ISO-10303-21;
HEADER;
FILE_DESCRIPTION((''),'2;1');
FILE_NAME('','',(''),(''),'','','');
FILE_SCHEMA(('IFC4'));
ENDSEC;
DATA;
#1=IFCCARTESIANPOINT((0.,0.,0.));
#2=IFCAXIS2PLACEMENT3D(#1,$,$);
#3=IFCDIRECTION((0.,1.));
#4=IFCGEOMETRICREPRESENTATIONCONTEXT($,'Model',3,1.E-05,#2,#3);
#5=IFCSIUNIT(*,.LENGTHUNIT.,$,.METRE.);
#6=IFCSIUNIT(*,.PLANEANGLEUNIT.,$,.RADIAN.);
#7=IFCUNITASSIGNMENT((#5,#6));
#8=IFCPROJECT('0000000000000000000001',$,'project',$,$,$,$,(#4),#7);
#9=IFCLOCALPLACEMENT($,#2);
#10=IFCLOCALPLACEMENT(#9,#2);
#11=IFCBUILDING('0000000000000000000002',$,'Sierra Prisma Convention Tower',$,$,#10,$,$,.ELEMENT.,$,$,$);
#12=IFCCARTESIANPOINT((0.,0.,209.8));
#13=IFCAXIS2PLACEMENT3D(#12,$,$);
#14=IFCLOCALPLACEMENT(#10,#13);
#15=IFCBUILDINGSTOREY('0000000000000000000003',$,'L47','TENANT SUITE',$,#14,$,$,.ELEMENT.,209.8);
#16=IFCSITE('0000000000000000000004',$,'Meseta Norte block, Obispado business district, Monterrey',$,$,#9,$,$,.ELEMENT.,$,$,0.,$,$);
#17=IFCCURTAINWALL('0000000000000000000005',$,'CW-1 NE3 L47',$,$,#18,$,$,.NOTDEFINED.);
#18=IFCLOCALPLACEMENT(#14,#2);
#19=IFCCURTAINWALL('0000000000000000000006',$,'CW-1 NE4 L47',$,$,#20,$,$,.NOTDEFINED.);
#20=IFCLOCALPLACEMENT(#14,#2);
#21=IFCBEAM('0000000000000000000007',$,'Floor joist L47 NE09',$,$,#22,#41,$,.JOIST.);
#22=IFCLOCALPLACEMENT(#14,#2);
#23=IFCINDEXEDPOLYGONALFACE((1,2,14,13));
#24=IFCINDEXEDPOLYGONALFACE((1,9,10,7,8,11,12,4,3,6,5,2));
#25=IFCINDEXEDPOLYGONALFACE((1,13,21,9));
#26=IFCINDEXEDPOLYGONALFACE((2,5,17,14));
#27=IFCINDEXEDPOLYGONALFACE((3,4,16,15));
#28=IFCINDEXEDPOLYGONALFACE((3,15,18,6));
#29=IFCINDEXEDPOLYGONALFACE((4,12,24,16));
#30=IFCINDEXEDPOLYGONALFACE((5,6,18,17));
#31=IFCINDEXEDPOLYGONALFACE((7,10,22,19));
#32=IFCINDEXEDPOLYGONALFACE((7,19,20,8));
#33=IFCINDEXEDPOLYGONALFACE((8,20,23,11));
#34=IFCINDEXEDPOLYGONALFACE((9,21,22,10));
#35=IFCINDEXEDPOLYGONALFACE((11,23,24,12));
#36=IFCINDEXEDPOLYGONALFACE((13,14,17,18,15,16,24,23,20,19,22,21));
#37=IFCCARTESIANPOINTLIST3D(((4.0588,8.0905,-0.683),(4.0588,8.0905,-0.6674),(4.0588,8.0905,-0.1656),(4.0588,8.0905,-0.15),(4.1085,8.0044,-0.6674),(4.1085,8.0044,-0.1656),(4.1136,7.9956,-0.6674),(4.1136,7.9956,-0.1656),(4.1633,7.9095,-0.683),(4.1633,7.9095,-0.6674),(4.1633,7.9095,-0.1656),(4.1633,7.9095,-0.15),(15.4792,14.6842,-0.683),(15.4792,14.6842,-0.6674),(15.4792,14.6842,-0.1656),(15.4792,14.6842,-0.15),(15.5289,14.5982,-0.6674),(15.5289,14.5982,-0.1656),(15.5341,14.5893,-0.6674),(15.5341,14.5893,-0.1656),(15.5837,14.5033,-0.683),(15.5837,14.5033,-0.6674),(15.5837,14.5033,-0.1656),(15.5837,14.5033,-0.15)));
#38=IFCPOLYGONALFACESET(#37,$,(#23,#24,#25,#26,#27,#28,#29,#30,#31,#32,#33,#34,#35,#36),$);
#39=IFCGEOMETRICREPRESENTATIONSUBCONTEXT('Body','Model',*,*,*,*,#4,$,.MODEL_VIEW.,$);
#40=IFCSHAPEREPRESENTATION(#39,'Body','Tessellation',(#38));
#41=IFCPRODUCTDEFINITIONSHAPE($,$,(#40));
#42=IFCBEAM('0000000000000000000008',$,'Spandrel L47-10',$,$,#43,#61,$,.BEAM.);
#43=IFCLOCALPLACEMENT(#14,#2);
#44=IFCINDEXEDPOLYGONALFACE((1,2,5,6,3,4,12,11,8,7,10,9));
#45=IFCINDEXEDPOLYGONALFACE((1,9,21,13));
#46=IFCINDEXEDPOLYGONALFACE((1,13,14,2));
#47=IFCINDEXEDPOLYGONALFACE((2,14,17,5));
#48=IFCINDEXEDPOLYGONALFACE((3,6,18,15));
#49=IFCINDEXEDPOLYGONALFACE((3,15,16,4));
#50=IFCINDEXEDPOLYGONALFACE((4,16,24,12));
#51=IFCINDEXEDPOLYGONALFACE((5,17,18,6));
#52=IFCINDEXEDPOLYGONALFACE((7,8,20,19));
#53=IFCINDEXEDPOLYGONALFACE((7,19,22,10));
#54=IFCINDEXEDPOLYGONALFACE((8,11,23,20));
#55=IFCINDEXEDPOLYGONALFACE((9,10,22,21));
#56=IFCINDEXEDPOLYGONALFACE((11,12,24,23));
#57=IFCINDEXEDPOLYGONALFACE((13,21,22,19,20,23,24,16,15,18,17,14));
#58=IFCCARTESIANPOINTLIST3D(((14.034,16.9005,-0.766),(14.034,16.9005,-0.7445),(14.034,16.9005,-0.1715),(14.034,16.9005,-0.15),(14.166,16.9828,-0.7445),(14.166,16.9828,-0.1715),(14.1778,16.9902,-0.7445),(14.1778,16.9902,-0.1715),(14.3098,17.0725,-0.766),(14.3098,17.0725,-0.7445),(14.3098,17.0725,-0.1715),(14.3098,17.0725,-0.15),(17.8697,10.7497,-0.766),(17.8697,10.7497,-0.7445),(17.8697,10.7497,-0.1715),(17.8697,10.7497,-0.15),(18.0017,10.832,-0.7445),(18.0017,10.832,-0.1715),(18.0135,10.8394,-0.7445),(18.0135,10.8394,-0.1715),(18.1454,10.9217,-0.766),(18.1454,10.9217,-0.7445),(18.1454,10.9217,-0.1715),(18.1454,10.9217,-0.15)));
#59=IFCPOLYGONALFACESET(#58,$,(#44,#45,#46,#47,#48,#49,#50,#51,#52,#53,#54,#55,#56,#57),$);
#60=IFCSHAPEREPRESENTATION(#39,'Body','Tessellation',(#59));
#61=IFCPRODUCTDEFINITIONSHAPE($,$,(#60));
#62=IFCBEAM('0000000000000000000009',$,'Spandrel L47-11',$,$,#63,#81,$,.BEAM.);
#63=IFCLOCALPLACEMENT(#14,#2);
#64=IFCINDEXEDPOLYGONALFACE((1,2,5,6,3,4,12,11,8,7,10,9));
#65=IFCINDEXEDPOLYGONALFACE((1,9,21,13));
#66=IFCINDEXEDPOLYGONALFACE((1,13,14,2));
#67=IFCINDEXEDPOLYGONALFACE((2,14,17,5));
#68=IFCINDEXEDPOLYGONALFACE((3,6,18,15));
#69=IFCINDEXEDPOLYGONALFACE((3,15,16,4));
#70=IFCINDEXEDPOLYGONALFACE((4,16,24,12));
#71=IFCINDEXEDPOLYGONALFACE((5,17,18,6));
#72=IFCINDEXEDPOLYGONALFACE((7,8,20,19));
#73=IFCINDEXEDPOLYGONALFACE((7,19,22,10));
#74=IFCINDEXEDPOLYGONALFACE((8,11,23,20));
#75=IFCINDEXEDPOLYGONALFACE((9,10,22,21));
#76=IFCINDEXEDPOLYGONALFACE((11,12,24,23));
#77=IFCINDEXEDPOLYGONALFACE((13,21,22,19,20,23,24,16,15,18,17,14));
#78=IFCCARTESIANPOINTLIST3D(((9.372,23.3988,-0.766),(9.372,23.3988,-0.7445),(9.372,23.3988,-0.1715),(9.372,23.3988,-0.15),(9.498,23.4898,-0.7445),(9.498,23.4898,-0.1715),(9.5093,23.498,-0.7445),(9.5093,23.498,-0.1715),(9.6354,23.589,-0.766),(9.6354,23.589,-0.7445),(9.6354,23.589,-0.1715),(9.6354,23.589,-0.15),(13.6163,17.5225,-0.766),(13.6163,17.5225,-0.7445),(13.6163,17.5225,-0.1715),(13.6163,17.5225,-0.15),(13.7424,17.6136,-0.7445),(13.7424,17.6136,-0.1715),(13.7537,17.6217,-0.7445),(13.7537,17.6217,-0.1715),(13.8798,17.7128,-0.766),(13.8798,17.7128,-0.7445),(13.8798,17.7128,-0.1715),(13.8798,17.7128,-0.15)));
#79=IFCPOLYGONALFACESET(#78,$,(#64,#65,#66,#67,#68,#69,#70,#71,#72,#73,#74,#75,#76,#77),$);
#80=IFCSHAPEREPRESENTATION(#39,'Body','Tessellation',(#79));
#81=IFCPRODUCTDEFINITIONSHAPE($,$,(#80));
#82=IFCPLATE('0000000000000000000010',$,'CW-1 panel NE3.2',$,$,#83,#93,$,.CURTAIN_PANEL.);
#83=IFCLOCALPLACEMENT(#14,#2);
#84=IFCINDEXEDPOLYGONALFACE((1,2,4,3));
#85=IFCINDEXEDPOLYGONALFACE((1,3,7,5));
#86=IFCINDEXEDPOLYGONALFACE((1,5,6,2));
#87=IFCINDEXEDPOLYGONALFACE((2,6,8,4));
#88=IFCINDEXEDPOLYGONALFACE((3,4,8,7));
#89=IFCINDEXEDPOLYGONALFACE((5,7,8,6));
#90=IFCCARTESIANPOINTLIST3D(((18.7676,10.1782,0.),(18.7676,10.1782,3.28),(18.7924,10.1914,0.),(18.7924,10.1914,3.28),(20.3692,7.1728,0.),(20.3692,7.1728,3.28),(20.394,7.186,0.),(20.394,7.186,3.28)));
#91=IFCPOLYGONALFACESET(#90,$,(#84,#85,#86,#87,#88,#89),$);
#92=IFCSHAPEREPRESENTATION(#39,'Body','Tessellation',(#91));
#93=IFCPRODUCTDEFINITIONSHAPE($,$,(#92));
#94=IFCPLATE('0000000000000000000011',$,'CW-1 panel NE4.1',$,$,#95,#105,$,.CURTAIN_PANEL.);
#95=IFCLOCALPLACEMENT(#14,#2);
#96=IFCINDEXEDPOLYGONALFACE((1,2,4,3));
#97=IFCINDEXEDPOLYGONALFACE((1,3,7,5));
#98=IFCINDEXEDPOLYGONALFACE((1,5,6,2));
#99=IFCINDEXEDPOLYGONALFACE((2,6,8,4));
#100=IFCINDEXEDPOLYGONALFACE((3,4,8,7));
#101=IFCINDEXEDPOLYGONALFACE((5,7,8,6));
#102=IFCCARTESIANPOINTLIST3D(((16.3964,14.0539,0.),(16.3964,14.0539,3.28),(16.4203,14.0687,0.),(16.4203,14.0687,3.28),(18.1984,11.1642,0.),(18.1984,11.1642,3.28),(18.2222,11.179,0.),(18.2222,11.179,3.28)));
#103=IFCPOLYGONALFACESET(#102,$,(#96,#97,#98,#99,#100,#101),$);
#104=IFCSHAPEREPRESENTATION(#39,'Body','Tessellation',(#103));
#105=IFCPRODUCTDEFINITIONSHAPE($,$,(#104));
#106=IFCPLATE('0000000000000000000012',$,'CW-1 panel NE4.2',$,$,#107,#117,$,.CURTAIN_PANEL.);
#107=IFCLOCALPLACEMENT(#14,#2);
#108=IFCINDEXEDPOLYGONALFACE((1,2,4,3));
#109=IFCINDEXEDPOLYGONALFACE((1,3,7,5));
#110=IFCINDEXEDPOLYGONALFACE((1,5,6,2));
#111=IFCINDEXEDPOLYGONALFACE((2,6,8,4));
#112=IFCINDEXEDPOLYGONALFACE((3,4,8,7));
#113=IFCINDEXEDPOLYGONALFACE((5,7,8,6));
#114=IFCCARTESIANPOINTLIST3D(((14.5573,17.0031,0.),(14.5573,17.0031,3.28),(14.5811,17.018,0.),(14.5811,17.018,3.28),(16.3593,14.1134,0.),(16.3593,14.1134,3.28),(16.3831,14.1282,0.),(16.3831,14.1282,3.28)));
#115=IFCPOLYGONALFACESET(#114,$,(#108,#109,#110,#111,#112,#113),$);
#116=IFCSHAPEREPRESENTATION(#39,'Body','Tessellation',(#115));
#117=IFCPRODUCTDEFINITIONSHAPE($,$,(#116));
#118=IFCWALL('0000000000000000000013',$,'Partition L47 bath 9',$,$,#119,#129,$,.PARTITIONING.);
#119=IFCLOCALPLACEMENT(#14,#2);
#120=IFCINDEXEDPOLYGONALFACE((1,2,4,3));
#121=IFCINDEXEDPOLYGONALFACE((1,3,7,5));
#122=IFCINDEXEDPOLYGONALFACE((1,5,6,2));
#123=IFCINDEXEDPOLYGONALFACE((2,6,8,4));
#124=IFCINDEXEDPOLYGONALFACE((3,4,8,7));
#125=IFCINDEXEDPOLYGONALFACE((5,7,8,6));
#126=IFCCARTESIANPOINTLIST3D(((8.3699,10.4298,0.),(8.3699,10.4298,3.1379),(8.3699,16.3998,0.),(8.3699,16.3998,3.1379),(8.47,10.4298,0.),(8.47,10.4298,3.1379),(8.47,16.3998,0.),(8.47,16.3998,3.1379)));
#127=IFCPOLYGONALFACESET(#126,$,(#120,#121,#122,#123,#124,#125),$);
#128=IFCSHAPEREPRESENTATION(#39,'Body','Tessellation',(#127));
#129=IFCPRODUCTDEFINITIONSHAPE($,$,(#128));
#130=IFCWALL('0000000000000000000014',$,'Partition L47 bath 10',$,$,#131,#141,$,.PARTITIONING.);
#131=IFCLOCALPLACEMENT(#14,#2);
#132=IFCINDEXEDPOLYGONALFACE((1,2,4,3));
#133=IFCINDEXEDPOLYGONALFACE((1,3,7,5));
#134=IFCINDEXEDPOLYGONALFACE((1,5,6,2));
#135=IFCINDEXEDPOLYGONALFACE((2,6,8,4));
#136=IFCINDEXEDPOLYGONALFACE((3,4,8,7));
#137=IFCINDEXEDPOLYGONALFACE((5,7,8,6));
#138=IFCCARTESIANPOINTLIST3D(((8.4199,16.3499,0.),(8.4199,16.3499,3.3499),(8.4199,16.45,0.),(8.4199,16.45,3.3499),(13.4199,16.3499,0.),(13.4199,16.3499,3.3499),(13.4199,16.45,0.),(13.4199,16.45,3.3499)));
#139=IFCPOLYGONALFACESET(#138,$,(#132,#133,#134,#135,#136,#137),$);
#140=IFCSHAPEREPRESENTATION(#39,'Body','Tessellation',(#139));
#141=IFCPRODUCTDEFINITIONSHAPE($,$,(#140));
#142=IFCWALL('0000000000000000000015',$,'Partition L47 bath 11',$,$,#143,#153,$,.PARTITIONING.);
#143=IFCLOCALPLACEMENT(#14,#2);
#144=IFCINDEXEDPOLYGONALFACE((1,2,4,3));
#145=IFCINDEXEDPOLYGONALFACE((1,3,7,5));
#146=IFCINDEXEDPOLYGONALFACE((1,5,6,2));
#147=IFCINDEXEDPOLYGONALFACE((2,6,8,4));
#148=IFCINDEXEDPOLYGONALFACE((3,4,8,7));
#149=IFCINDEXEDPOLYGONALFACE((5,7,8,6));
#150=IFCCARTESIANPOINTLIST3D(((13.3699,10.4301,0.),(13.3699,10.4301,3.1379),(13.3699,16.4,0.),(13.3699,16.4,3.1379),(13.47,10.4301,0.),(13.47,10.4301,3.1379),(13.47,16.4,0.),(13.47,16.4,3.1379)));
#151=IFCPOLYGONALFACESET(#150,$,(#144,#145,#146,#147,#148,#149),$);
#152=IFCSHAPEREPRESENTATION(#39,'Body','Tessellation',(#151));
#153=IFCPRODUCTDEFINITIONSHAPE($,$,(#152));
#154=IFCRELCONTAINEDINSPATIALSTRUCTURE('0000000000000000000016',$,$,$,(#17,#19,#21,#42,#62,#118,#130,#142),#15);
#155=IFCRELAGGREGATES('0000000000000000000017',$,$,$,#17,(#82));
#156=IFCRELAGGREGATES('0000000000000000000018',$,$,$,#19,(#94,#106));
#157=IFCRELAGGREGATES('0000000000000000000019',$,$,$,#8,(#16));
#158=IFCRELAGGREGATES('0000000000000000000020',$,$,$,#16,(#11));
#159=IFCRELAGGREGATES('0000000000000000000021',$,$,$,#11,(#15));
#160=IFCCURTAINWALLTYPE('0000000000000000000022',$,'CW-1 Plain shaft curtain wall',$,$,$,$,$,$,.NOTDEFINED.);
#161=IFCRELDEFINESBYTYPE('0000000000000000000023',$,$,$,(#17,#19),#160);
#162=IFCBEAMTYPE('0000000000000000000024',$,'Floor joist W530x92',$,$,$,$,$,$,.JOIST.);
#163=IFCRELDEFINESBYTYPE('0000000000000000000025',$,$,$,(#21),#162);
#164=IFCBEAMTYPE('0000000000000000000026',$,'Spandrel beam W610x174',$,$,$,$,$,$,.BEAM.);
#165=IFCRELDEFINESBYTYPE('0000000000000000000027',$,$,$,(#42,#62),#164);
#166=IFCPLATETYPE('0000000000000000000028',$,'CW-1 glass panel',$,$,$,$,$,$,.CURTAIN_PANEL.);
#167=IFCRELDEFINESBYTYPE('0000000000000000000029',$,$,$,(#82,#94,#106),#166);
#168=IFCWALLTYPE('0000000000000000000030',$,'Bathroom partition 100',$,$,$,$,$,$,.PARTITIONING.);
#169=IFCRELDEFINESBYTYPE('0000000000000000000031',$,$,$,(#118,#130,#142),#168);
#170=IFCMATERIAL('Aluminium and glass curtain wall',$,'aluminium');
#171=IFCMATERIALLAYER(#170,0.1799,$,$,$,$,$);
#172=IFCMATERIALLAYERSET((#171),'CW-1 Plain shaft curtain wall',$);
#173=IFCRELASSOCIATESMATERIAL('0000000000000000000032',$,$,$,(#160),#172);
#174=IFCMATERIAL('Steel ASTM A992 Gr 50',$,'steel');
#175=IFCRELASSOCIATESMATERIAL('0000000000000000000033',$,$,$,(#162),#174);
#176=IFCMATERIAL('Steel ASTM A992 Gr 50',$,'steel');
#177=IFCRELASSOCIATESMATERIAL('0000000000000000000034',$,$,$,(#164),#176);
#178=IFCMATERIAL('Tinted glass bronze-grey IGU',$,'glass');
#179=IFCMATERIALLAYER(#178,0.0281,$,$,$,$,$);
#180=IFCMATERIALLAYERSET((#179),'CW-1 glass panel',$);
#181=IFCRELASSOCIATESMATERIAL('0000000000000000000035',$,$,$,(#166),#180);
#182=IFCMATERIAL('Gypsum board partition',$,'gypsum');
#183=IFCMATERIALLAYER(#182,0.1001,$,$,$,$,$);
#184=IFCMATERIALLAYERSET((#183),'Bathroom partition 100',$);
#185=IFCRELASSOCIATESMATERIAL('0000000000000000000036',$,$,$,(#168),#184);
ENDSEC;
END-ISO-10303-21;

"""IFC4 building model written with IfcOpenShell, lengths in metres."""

from ifc_helpers import new_model, si_unit, direction, frame, frame_2d, origin, origin_2d, place, context, subcontext, project, spatial, rectangle, i_section, extrude, material, layer, layer_set, material_profile, profile_set, type_object, element, aggregate, save


model = new_model("IFC4")

# Units and contexts
model_context = context("Model", 3, precision=1e-05, world=origin(), true_north=direction((0.0, 1.0)))
body_context = subcontext(model_context, "Body", "Model", "MODEL_VIEW")
ifc_project = project(units=[si_unit("LENGTHUNIT", "METRE"), si_unit("PLANEANGLEUNIT", "RADIAN")], contexts=[model_context])

# Site, building, storey
site_placement = place(None, origin())
site = spatial("IfcSite", under=ifc_project, at=site_placement, Name="Meseta Norte block, Obispado business district, Monterrey", CompositionType="ELEMENT", RefElevation=0.0)
building_placement = place(site_placement, origin())
building = spatial("IfcBuilding", under=site, at=building_placement, Name="Sierra Prisma Convention Tower", CompositionType="ELEMENT")
storey_placement = place(building_placement, frame((0.0, 0.0, 209.8)))
storey = spatial("IfcBuildingStorey", under=building, at=storey_placement, Name="L47", Description="TENANT SUITE", CompositionType="ELEMENT", Elevation=209.8)

# Curtain wall
ifc_material_1 = material(Name="Aluminium and glass curtain wall", Category="aluminium")
ifc_layer_1 = layer(ifc_material_1, 0.1799)
ifc_layer_set_1 = layer_set([ifc_layer_1], Name="CW-1 Plain shaft curtain wall")
curtain_wall_type = type_object("IfcCurtainWallType", Name="CW-1 Plain shaft curtain wall", PredefinedType="NOTDEFINED", material=ifc_layer_set_1)
curtain_wall_1_placement = place(storey_placement, origin())
curtain_wall_1 = element("IfcCurtainWall", 1, at=curtain_wall_1_placement, inside=storey, type_object=curtain_wall_type, Name="CW-1 NE3 L47", PredefinedType="NOTDEFINED")

# Curtain wall
curtain_wall_2_placement = place(storey_placement, origin())
curtain_wall_2 = element("IfcCurtainWall", 2, at=curtain_wall_2_placement, inside=storey, type_object=curtain_wall_type, Name="CW-1 NE4 L47", PredefinedType="NOTDEFINED")

# Beams
ifc_material_2 = material(Name="Steel ASTM A992 Gr 50", Category="steel")
ifc_material_profile_1 = material_profile(ifc_material_2, i_section(OverallWidth=0.209, OverallDepth=0.533, WebThickness=0.0103, FlangeThickness=0.0156, at=origin_2d()), Name="W530x92")
ifc_profile_set_1 = profile_set([ifc_material_profile_1], Name="Steel ASTM A992 Gr 50")
beam_type_1 = type_object("IfcBeamType", Name="Floor joist W530x92", PredefinedType="JOIST", material=ifc_profile_set_1)
beam_1_placement = place(storey_placement, frame((15.5315, 14.5938, -0.4165), z_axis=(-0.86602, -0.50001, 0.0), x_axis=(0.50001, -0.86602, 0.0)))
element("IfcBeam", 3, at=beam_1_placement, inside=storey, type_object=beam_type_1, Name="Floor joist L47 NE09", PredefinedType="JOIST", context=body_context, shape_type="SweptSolid", body=[
    extrude(i_section(OverallWidth=0.209, OverallDepth=0.533, WebThickness=0.0103, FlangeThickness=0.0156, at=origin_2d()), origin(), (0.0, 0.0, 1.0), 13.1873),
])
ifc_material_3 = material(Name="Steel ASTM A992 Gr 50", Category="steel")
ifc_material_profile_2 = material_profile(ifc_material_3, i_section(OverallWidth=0.325, OverallDepth=0.616, WebThickness=0.0139, FlangeThickness=0.0215, at=origin_2d()), Name="W610x174")
ifc_profile_set_2 = profile_set([ifc_material_profile_2], Name="Steel ASTM A992 Gr 50")
beam_type_2 = type_object("IfcBeamType", Name="Spandrel beam W610x174", PredefinedType="BEAM", material=ifc_profile_set_2)
for number, where, z_axis, x_axis, name in (
    (4, (18.0076, 10.8357, -0.458), (-0.529145, 0.848531, 0.0), (-0.848531, -0.529145, 0.0), "Spandrel L47-10"),
    (5, (13.748, 17.6177, -0.458), (-0.585531, 0.81065, 0.0), (-0.81065, -0.585531, 0.0), "Spandrel L47-11"),
):
    element("IfcBeam", number, at=place(storey_placement, frame(where, z_axis=z_axis, x_axis=x_axis)), inside=storey, type_object=beam_type_2, Name=name, PredefinedType="BEAM", context=body_context, shape_type="SweptSolid", body=[
        extrude(i_section(OverallWidth=0.325, OverallDepth=0.616, WebThickness=0.0139, FlangeThickness=0.0215, at=origin_2d()), origin(), (0.0, 0.0, 1.0), 7.2488),
    ])

# Plates
ifc_material_4 = material(Name="Tinted glass bronze-grey IGU", Category="glass")
ifc_layer_2 = layer(ifc_material_4, 0.0281)
ifc_layer_set_2 = layer_set([ifc_layer_2], Name="CW-1 glass panel")
plate_type = type_object("IfcPlateType", Name="CW-1 glass panel", PredefinedType="CURTAIN_PANEL", material=ifc_layer_set_2)
plate_1_placement = place(storey_placement, frame((19.5808, 8.6821, 0.0), z_axis=(0.0, 0.0, 1.0), x_axis=(-0.470295, 0.882509, 0.0)))
plate_1 = element("IfcPlate", 6, at=plate_1_placement, type_object=plate_type, Name="CW-1 panel NE3.2", PredefinedType="CURTAIN_PANEL", context=body_context, shape_type="SweptSolid", body=[
    extrude(rectangle(XDim=3.4055, YDim=0.0281, at=origin_2d()), origin(), (0.0, 0.0, 1.0), 3.28),
])
aggregate(curtain_wall_1, [plate_1])
plate_2_placement = place(storey_placement, frame((17.3093, 12.6165, 0.0), z_axis=(0.0, 0.0, 1.0), x_axis=(-0.529128, 0.848542, 0.0)))
plate_2 = element("IfcPlate", 7, at=plate_2_placement, type_object=plate_type, Name="CW-1 panel NE4.1", PredefinedType="CURTAIN_PANEL", context=body_context, shape_type="SweptSolid", body=[
    extrude(rectangle(XDim=3.4055, YDim=0.0281, at=origin_2d()), origin(), (0.0, 0.0, 1.0), 3.28),
])
plate_3_placement = place(storey_placement, frame((15.4702, 15.5657, 0.0), z_axis=(0.0, 0.0, 1.0), x_axis=(-0.529128, 0.848542, 0.0)))
plate_3 = element("IfcPlate", 8, at=plate_3_placement, type_object=plate_type, Name="CW-1 panel NE4.2", PredefinedType="CURTAIN_PANEL", context=body_context, shape_type="SweptSolid", body=[
    extrude(rectangle(XDim=3.4055, YDim=0.0281, at=origin_2d()), origin(), (0.0, 0.0, 1.0), 3.28),
])
aggregate(curtain_wall_2, [plate_2, plate_3])

# Walls
ifc_material_5 = material(Name="Gypsum board partition", Category="gypsum")
ifc_layer_3 = layer(ifc_material_5, 0.1001)
ifc_layer_set_3 = layer_set([ifc_layer_3], Name="Bathroom partition 100")
wall_type_1 = type_object("IfcWallType", Name="Bathroom partition 100", PredefinedType="PARTITIONING", material=ifc_layer_set_3)
wall_1_placement = place(storey_placement, frame((8.4199, 10.4299, 0.0), z_axis=(0.0, 0.0, 1.0), x_axis=(0.0, 1.0, 0.0)))
element("IfcWall", 9, at=wall_1_placement, inside=storey, type_object=wall_type_1, Name="Partition L47 bath 9", PredefinedType="PARTITIONING", context=body_context, shape_type="SweptSolid", body=[
    extrude(rectangle(XDim=5.97, YDim=0.1001, at=frame_2d((2.9849, 0.0))), origin(), (0.0, 0.0, 1.0), 3.1379),
])
wall_2_placement = place(storey_placement, frame((8.4199, 16.3999, 0.0), z_axis=(0.0, 0.0, 1.0), x_axis=(1.0, 0.0, 0.0)))
element("IfcWall", 10, at=wall_2_placement, inside=storey, type_object=wall_type_1, Name="Partition L47 bath 10", PredefinedType="PARTITIONING", context=body_context, shape_type="SweptSolid", body=[
    extrude(rectangle(XDim=5.0, YDim=0.1001, at=frame_2d((2.5, 0.0))), origin(), (0.0, 0.0, 1.0), 3.3499),
])
wall_3_placement = place(storey_placement, frame((13.4199, 16.3999, 0.0), z_axis=(0.0, 0.0, 1.0), x_axis=(0.0, -1.0, 0.0)))
element("IfcWall", 11, at=wall_3_placement, inside=storey, type_object=wall_type_1, Name="Partition L47 bath 11", PredefinedType="PARTITIONING", context=body_context, shape_type="SweptSolid", body=[
    extrude(rectangle(XDim=5.97, YDim=0.1001, at=frame_2d((2.9849, 0.0))), origin(), (0.0, 0.0, 1.0), 3.1379),
])

save(model, "model.ifc")
